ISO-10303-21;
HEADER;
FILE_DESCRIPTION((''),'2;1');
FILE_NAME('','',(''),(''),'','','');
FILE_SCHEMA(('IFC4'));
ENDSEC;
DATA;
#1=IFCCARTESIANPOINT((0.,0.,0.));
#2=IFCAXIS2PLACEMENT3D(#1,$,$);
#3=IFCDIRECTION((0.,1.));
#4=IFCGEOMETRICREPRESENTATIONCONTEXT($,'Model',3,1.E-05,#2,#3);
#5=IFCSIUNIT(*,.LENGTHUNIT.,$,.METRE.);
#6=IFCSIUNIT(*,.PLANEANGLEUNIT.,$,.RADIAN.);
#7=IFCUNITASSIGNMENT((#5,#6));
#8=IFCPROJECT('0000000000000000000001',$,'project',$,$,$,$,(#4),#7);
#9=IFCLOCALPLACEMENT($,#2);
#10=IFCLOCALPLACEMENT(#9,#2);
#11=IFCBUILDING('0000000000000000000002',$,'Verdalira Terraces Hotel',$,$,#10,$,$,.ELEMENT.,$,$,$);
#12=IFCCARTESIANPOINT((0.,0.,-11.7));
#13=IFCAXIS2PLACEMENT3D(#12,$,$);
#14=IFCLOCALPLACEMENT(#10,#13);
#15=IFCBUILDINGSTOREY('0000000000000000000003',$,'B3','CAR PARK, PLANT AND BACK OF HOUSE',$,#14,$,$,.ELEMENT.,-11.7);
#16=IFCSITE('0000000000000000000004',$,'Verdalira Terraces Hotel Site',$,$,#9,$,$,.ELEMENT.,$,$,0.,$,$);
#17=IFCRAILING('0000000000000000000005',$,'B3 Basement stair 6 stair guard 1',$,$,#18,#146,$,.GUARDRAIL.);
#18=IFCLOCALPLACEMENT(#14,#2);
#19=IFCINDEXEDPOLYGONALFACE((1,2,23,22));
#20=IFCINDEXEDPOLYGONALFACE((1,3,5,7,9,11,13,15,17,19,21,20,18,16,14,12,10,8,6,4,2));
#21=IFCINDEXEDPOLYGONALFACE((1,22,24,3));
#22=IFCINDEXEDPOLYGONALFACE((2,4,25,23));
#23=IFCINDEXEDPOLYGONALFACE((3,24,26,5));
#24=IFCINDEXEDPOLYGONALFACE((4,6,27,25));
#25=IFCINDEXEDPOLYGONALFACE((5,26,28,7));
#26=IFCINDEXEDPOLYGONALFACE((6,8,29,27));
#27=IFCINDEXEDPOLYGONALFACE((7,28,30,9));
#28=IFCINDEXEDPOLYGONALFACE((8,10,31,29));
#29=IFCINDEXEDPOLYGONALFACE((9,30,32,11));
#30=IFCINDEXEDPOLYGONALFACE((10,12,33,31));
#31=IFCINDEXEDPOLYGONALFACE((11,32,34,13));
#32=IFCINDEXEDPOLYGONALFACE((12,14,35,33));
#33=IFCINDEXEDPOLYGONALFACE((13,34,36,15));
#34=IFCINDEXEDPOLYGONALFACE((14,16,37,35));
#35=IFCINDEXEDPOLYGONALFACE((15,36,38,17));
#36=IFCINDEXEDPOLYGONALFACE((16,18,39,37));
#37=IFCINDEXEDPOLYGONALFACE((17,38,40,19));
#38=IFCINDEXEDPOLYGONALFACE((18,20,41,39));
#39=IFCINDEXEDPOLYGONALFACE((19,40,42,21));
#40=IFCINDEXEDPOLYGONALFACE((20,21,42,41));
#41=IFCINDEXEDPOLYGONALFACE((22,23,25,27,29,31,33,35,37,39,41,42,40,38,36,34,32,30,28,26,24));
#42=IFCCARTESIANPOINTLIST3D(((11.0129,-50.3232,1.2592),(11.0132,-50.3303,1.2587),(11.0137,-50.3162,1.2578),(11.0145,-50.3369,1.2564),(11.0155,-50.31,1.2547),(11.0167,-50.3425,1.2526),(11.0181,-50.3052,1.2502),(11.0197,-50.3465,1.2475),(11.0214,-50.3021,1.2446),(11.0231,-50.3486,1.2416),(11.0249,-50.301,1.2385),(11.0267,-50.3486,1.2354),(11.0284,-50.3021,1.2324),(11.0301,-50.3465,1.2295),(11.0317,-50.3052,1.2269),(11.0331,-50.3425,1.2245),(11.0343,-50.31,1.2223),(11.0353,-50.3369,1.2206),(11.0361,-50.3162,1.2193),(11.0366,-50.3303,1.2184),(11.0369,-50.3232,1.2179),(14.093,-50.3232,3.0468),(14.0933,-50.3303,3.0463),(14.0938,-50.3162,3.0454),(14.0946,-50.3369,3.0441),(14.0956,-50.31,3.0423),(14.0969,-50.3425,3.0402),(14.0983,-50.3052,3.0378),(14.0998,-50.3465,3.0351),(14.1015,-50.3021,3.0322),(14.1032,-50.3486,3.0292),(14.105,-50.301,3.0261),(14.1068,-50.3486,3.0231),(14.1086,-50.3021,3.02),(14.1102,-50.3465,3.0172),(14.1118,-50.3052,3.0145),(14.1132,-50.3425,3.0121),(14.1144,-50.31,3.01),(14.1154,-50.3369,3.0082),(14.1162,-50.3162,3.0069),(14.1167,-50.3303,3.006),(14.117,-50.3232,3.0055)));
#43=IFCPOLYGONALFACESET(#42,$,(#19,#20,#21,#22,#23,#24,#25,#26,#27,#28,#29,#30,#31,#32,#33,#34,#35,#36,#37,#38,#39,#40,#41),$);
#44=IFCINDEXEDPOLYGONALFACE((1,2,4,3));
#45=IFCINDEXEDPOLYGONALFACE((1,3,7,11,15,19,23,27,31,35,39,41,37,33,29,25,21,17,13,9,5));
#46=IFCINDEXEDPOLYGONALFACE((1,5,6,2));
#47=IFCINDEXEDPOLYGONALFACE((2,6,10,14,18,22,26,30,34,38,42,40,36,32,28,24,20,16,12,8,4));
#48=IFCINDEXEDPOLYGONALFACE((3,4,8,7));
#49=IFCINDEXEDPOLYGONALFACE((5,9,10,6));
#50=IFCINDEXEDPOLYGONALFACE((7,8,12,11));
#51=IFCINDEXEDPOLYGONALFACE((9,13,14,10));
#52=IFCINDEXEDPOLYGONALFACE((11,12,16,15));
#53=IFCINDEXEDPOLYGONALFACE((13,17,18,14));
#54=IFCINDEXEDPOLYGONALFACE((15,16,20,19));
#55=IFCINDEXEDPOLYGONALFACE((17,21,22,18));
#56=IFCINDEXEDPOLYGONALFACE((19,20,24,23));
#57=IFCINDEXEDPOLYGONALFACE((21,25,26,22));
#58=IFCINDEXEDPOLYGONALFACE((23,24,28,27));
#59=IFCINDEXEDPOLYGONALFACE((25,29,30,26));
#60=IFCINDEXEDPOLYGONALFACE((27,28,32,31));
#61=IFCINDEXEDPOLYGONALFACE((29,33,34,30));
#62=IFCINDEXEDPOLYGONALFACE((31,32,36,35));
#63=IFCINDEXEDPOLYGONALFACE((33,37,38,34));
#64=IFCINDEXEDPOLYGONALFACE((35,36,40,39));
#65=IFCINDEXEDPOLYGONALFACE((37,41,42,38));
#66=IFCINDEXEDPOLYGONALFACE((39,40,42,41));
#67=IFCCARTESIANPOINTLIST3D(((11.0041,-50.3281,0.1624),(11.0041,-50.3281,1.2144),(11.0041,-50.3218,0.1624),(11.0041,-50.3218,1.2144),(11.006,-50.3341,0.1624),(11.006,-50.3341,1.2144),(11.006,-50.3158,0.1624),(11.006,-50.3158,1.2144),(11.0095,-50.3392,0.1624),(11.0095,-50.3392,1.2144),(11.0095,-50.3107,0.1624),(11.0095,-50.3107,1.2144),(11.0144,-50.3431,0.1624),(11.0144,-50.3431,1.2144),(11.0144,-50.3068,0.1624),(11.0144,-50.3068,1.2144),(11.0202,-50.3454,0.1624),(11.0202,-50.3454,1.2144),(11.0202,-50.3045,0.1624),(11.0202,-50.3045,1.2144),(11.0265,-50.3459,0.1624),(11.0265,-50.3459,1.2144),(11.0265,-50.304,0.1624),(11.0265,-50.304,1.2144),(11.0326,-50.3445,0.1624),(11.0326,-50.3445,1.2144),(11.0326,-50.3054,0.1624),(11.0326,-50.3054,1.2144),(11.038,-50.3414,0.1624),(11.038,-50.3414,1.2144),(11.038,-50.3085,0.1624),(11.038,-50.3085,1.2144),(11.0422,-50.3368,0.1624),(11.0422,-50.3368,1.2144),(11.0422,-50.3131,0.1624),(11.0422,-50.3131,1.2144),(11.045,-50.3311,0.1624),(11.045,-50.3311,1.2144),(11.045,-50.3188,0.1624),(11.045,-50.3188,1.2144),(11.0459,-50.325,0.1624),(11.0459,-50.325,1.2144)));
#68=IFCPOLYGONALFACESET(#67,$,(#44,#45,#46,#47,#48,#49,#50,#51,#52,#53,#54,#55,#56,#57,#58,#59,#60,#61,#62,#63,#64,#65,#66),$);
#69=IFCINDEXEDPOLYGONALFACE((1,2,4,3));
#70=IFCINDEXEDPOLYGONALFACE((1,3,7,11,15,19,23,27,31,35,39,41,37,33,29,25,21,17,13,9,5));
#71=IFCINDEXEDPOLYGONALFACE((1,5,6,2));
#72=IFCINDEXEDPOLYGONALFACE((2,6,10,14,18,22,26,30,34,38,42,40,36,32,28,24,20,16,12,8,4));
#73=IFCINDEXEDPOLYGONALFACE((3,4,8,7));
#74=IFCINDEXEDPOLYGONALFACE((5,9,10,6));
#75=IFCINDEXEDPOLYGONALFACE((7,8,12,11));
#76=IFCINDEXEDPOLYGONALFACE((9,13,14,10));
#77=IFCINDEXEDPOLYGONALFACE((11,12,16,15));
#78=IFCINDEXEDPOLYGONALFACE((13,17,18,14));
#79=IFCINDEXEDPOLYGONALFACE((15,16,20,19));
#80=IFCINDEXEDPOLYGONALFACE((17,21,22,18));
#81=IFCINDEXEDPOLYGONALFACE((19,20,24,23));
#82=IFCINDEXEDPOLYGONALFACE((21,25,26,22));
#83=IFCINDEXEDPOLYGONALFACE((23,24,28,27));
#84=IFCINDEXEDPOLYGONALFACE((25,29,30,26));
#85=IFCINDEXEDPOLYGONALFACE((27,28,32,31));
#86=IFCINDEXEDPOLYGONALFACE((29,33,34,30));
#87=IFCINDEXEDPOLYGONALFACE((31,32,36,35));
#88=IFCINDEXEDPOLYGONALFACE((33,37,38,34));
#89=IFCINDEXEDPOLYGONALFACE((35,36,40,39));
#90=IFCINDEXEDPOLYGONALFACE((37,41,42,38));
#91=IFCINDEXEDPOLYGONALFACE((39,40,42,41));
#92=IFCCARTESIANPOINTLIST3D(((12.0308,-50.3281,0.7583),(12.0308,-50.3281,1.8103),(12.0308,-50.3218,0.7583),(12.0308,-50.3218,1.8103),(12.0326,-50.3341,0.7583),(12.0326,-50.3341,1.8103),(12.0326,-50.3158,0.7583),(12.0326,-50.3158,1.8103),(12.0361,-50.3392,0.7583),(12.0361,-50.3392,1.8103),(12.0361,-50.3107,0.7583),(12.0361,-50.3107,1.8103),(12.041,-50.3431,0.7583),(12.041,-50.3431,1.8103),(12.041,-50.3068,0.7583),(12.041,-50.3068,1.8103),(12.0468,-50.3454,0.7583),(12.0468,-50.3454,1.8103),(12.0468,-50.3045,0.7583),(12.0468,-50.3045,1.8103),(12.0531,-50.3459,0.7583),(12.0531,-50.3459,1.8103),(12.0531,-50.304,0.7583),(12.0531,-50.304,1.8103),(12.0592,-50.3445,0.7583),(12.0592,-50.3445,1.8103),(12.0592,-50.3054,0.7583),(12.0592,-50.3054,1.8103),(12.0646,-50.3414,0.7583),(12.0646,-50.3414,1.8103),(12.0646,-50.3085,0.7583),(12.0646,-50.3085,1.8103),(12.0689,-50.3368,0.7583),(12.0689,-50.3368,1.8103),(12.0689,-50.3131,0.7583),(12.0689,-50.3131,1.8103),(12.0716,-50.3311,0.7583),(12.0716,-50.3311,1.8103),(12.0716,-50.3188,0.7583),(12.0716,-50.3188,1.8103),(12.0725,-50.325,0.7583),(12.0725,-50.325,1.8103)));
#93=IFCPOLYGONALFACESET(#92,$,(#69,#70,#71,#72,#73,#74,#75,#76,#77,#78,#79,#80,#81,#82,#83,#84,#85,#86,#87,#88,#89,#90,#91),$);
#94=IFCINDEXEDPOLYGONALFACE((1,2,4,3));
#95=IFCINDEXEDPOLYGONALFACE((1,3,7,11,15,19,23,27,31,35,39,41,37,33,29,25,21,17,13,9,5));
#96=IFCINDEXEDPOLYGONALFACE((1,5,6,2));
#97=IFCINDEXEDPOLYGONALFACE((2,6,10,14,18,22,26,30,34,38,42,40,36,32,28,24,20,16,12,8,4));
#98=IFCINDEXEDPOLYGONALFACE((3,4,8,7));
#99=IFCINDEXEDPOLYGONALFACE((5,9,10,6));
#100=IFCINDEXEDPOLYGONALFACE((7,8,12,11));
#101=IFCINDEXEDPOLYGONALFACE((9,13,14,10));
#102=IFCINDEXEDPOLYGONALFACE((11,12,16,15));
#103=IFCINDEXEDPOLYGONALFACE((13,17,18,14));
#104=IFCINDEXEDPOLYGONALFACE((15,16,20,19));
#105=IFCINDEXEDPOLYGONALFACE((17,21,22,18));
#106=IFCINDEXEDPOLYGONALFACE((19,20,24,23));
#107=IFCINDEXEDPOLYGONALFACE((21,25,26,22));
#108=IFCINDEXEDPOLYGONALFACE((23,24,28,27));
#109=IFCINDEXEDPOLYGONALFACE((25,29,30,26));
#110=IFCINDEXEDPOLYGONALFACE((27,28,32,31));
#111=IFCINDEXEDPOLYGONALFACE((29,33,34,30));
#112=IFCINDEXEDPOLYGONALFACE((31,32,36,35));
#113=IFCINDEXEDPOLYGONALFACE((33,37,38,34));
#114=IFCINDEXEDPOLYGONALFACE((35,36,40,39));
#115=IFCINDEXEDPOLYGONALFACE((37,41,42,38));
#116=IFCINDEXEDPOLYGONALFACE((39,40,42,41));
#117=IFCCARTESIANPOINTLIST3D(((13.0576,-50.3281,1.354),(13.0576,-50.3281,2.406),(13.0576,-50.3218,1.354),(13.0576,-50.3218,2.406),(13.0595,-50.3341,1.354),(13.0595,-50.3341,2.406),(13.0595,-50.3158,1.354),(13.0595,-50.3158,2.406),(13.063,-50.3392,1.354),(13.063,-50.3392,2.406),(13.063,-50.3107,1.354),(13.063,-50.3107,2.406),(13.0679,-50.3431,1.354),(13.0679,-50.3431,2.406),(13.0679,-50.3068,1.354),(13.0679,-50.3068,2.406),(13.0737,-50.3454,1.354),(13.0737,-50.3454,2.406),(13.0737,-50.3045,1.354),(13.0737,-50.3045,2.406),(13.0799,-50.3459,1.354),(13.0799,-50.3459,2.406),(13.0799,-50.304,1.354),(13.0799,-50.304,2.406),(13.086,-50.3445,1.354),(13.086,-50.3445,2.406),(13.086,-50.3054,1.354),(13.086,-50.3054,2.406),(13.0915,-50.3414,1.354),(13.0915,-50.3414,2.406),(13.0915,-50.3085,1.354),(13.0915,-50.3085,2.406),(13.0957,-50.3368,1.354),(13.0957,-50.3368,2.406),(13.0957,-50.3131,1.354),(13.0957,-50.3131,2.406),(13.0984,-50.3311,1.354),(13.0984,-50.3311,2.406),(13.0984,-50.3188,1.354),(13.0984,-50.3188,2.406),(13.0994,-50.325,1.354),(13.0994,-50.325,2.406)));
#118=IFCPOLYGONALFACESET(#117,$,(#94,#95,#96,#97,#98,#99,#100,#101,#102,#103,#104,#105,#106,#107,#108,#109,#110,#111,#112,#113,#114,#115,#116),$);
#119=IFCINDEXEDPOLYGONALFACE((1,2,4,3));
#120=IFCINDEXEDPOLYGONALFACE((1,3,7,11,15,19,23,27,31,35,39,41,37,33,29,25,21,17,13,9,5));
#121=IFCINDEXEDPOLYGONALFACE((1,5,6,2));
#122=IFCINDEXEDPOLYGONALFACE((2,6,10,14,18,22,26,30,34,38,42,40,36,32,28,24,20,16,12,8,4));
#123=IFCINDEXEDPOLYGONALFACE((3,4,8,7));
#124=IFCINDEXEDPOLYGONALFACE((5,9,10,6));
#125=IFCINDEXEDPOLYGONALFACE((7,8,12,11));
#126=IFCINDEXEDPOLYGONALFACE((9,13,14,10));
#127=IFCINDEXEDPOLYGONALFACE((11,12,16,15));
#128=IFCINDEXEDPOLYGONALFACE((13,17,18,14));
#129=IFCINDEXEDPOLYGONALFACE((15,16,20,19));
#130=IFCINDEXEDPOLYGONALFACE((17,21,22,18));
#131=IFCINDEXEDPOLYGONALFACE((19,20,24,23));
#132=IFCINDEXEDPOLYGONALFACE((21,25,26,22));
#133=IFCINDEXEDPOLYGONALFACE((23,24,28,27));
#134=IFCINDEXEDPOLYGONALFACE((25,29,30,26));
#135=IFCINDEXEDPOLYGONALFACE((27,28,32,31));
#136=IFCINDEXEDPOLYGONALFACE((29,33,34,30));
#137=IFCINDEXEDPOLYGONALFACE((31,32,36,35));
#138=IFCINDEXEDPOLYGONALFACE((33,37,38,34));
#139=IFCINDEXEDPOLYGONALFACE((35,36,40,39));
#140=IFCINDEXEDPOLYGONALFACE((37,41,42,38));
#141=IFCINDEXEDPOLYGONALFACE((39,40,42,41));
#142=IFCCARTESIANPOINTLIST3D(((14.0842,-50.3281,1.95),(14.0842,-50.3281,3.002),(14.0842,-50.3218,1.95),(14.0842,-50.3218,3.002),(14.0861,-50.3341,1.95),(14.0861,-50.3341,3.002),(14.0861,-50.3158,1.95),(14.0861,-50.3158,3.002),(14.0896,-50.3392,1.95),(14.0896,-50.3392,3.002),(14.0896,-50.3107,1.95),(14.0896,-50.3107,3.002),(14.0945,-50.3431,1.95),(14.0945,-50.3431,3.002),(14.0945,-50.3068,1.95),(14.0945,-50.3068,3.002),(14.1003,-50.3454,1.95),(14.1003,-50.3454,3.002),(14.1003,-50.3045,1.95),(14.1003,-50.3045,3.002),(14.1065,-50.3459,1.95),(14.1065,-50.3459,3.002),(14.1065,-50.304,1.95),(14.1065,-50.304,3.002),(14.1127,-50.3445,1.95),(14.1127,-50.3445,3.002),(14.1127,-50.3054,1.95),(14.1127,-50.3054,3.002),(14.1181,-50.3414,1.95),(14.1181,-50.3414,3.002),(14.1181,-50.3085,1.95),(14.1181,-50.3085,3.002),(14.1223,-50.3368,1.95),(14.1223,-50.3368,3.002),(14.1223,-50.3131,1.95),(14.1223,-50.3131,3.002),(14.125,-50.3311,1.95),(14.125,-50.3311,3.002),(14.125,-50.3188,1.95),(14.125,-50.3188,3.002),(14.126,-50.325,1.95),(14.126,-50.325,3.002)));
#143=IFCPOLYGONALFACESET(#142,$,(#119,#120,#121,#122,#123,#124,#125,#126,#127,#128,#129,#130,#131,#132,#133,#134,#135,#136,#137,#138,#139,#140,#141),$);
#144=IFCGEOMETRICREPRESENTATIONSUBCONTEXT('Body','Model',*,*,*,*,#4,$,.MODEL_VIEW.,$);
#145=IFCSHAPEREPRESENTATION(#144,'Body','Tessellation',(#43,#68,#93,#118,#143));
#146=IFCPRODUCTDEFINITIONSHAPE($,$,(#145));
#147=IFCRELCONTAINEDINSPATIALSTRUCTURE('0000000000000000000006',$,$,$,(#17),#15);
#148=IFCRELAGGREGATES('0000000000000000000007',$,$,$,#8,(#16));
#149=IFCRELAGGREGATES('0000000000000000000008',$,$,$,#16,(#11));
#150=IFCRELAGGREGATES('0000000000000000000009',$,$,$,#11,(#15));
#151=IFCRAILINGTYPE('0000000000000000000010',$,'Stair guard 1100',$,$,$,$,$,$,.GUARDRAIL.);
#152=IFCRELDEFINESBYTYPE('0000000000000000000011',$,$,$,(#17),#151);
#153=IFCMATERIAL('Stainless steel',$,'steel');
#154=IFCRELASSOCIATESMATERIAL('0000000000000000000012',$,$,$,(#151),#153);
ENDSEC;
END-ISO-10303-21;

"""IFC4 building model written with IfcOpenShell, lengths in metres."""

from ifc_helpers import new_model, si_unit, direction, frame, origin, origin_2d, place, context, subcontext, project, spatial, circle, extrude, material, type_object, element, save


model = new_model("IFC4")

# Units and contexts
model_context = context("Model", 3, precision=1e-05, world=origin(), true_north=direction((0.0, 1.0)))
body_context = subcontext(model_context, "Body", "Model", "MODEL_VIEW")
ifc_project = project(units=[si_unit("LENGTHUNIT", "METRE"), si_unit("PLANEANGLEUNIT", "RADIAN")], contexts=[model_context])

# Site, building, storey
site_placement = place(None, origin())
site = spatial("IfcSite", under=ifc_project, at=site_placement, Name="Verdalira Terraces Hotel Site", CompositionType="ELEMENT", RefElevation=0.0)
building_placement = place(site_placement, origin())
building = spatial("IfcBuilding", under=site, at=building_placement, Name="Verdalira Terraces Hotel", CompositionType="ELEMENT")
storey_placement = place(building_placement, frame((0.0, 0.0, -11.7)))
storey = spatial("IfcBuildingStorey", under=building, at=storey_placement, Name="B3", Description="CAR PARK, PLANT AND BACK OF HOUSE", CompositionType="ELEMENT", Elevation=-11.7)

# Railing
ifc_material_1 = material(Name="Stainless steel", Category="steel")
railing_type_1 = type_object("IfcRailingType", Name="Stair guard 1100", PredefinedType="GUARDRAIL", material=ifc_material_1)
railing_1_placement = place(storey_placement, frame((11.0249, -50.325, 0.1624)))
element("IfcRailing", 1, at=railing_1_placement, inside=storey, type_object=railing_type_1, Name="B3 Basement stair 6 stair guard 1", PredefinedType="GUARDRAIL", context=body_context, shape_type="SweptSolid", body=[
    extrude(circle(Radius=0.0239, at=origin_2d()), frame((0.0, 0.0, 1.0762), z_axis=(0.864891, 0.0, 0.50196), x_axis=(0.0, 1.0, 0.0)), (0.0, 0.0, 1.0), 3.5613),
    extrude(circle(Radius=0.021, at=origin_2d()), origin(), (0.0, 0.0, 1.0), 1.052),
    extrude(circle(Radius=0.021, at=origin_2d()), frame((1.0266, 0.0, 0.5959)), (0.0, 0.0, 1.0), 1.052),
    extrude(circle(Radius=0.021, at=origin_2d()), frame((2.0535, 0.0, 1.1917)), (0.0, 0.0, 1.0), 1.052),
    extrude(circle(Radius=0.021, at=origin_2d()), frame((3.0801, 0.0, 1.7876)), (0.0, 0.0, 1.0), 1.052),
])

save(model, "model.ifc")
